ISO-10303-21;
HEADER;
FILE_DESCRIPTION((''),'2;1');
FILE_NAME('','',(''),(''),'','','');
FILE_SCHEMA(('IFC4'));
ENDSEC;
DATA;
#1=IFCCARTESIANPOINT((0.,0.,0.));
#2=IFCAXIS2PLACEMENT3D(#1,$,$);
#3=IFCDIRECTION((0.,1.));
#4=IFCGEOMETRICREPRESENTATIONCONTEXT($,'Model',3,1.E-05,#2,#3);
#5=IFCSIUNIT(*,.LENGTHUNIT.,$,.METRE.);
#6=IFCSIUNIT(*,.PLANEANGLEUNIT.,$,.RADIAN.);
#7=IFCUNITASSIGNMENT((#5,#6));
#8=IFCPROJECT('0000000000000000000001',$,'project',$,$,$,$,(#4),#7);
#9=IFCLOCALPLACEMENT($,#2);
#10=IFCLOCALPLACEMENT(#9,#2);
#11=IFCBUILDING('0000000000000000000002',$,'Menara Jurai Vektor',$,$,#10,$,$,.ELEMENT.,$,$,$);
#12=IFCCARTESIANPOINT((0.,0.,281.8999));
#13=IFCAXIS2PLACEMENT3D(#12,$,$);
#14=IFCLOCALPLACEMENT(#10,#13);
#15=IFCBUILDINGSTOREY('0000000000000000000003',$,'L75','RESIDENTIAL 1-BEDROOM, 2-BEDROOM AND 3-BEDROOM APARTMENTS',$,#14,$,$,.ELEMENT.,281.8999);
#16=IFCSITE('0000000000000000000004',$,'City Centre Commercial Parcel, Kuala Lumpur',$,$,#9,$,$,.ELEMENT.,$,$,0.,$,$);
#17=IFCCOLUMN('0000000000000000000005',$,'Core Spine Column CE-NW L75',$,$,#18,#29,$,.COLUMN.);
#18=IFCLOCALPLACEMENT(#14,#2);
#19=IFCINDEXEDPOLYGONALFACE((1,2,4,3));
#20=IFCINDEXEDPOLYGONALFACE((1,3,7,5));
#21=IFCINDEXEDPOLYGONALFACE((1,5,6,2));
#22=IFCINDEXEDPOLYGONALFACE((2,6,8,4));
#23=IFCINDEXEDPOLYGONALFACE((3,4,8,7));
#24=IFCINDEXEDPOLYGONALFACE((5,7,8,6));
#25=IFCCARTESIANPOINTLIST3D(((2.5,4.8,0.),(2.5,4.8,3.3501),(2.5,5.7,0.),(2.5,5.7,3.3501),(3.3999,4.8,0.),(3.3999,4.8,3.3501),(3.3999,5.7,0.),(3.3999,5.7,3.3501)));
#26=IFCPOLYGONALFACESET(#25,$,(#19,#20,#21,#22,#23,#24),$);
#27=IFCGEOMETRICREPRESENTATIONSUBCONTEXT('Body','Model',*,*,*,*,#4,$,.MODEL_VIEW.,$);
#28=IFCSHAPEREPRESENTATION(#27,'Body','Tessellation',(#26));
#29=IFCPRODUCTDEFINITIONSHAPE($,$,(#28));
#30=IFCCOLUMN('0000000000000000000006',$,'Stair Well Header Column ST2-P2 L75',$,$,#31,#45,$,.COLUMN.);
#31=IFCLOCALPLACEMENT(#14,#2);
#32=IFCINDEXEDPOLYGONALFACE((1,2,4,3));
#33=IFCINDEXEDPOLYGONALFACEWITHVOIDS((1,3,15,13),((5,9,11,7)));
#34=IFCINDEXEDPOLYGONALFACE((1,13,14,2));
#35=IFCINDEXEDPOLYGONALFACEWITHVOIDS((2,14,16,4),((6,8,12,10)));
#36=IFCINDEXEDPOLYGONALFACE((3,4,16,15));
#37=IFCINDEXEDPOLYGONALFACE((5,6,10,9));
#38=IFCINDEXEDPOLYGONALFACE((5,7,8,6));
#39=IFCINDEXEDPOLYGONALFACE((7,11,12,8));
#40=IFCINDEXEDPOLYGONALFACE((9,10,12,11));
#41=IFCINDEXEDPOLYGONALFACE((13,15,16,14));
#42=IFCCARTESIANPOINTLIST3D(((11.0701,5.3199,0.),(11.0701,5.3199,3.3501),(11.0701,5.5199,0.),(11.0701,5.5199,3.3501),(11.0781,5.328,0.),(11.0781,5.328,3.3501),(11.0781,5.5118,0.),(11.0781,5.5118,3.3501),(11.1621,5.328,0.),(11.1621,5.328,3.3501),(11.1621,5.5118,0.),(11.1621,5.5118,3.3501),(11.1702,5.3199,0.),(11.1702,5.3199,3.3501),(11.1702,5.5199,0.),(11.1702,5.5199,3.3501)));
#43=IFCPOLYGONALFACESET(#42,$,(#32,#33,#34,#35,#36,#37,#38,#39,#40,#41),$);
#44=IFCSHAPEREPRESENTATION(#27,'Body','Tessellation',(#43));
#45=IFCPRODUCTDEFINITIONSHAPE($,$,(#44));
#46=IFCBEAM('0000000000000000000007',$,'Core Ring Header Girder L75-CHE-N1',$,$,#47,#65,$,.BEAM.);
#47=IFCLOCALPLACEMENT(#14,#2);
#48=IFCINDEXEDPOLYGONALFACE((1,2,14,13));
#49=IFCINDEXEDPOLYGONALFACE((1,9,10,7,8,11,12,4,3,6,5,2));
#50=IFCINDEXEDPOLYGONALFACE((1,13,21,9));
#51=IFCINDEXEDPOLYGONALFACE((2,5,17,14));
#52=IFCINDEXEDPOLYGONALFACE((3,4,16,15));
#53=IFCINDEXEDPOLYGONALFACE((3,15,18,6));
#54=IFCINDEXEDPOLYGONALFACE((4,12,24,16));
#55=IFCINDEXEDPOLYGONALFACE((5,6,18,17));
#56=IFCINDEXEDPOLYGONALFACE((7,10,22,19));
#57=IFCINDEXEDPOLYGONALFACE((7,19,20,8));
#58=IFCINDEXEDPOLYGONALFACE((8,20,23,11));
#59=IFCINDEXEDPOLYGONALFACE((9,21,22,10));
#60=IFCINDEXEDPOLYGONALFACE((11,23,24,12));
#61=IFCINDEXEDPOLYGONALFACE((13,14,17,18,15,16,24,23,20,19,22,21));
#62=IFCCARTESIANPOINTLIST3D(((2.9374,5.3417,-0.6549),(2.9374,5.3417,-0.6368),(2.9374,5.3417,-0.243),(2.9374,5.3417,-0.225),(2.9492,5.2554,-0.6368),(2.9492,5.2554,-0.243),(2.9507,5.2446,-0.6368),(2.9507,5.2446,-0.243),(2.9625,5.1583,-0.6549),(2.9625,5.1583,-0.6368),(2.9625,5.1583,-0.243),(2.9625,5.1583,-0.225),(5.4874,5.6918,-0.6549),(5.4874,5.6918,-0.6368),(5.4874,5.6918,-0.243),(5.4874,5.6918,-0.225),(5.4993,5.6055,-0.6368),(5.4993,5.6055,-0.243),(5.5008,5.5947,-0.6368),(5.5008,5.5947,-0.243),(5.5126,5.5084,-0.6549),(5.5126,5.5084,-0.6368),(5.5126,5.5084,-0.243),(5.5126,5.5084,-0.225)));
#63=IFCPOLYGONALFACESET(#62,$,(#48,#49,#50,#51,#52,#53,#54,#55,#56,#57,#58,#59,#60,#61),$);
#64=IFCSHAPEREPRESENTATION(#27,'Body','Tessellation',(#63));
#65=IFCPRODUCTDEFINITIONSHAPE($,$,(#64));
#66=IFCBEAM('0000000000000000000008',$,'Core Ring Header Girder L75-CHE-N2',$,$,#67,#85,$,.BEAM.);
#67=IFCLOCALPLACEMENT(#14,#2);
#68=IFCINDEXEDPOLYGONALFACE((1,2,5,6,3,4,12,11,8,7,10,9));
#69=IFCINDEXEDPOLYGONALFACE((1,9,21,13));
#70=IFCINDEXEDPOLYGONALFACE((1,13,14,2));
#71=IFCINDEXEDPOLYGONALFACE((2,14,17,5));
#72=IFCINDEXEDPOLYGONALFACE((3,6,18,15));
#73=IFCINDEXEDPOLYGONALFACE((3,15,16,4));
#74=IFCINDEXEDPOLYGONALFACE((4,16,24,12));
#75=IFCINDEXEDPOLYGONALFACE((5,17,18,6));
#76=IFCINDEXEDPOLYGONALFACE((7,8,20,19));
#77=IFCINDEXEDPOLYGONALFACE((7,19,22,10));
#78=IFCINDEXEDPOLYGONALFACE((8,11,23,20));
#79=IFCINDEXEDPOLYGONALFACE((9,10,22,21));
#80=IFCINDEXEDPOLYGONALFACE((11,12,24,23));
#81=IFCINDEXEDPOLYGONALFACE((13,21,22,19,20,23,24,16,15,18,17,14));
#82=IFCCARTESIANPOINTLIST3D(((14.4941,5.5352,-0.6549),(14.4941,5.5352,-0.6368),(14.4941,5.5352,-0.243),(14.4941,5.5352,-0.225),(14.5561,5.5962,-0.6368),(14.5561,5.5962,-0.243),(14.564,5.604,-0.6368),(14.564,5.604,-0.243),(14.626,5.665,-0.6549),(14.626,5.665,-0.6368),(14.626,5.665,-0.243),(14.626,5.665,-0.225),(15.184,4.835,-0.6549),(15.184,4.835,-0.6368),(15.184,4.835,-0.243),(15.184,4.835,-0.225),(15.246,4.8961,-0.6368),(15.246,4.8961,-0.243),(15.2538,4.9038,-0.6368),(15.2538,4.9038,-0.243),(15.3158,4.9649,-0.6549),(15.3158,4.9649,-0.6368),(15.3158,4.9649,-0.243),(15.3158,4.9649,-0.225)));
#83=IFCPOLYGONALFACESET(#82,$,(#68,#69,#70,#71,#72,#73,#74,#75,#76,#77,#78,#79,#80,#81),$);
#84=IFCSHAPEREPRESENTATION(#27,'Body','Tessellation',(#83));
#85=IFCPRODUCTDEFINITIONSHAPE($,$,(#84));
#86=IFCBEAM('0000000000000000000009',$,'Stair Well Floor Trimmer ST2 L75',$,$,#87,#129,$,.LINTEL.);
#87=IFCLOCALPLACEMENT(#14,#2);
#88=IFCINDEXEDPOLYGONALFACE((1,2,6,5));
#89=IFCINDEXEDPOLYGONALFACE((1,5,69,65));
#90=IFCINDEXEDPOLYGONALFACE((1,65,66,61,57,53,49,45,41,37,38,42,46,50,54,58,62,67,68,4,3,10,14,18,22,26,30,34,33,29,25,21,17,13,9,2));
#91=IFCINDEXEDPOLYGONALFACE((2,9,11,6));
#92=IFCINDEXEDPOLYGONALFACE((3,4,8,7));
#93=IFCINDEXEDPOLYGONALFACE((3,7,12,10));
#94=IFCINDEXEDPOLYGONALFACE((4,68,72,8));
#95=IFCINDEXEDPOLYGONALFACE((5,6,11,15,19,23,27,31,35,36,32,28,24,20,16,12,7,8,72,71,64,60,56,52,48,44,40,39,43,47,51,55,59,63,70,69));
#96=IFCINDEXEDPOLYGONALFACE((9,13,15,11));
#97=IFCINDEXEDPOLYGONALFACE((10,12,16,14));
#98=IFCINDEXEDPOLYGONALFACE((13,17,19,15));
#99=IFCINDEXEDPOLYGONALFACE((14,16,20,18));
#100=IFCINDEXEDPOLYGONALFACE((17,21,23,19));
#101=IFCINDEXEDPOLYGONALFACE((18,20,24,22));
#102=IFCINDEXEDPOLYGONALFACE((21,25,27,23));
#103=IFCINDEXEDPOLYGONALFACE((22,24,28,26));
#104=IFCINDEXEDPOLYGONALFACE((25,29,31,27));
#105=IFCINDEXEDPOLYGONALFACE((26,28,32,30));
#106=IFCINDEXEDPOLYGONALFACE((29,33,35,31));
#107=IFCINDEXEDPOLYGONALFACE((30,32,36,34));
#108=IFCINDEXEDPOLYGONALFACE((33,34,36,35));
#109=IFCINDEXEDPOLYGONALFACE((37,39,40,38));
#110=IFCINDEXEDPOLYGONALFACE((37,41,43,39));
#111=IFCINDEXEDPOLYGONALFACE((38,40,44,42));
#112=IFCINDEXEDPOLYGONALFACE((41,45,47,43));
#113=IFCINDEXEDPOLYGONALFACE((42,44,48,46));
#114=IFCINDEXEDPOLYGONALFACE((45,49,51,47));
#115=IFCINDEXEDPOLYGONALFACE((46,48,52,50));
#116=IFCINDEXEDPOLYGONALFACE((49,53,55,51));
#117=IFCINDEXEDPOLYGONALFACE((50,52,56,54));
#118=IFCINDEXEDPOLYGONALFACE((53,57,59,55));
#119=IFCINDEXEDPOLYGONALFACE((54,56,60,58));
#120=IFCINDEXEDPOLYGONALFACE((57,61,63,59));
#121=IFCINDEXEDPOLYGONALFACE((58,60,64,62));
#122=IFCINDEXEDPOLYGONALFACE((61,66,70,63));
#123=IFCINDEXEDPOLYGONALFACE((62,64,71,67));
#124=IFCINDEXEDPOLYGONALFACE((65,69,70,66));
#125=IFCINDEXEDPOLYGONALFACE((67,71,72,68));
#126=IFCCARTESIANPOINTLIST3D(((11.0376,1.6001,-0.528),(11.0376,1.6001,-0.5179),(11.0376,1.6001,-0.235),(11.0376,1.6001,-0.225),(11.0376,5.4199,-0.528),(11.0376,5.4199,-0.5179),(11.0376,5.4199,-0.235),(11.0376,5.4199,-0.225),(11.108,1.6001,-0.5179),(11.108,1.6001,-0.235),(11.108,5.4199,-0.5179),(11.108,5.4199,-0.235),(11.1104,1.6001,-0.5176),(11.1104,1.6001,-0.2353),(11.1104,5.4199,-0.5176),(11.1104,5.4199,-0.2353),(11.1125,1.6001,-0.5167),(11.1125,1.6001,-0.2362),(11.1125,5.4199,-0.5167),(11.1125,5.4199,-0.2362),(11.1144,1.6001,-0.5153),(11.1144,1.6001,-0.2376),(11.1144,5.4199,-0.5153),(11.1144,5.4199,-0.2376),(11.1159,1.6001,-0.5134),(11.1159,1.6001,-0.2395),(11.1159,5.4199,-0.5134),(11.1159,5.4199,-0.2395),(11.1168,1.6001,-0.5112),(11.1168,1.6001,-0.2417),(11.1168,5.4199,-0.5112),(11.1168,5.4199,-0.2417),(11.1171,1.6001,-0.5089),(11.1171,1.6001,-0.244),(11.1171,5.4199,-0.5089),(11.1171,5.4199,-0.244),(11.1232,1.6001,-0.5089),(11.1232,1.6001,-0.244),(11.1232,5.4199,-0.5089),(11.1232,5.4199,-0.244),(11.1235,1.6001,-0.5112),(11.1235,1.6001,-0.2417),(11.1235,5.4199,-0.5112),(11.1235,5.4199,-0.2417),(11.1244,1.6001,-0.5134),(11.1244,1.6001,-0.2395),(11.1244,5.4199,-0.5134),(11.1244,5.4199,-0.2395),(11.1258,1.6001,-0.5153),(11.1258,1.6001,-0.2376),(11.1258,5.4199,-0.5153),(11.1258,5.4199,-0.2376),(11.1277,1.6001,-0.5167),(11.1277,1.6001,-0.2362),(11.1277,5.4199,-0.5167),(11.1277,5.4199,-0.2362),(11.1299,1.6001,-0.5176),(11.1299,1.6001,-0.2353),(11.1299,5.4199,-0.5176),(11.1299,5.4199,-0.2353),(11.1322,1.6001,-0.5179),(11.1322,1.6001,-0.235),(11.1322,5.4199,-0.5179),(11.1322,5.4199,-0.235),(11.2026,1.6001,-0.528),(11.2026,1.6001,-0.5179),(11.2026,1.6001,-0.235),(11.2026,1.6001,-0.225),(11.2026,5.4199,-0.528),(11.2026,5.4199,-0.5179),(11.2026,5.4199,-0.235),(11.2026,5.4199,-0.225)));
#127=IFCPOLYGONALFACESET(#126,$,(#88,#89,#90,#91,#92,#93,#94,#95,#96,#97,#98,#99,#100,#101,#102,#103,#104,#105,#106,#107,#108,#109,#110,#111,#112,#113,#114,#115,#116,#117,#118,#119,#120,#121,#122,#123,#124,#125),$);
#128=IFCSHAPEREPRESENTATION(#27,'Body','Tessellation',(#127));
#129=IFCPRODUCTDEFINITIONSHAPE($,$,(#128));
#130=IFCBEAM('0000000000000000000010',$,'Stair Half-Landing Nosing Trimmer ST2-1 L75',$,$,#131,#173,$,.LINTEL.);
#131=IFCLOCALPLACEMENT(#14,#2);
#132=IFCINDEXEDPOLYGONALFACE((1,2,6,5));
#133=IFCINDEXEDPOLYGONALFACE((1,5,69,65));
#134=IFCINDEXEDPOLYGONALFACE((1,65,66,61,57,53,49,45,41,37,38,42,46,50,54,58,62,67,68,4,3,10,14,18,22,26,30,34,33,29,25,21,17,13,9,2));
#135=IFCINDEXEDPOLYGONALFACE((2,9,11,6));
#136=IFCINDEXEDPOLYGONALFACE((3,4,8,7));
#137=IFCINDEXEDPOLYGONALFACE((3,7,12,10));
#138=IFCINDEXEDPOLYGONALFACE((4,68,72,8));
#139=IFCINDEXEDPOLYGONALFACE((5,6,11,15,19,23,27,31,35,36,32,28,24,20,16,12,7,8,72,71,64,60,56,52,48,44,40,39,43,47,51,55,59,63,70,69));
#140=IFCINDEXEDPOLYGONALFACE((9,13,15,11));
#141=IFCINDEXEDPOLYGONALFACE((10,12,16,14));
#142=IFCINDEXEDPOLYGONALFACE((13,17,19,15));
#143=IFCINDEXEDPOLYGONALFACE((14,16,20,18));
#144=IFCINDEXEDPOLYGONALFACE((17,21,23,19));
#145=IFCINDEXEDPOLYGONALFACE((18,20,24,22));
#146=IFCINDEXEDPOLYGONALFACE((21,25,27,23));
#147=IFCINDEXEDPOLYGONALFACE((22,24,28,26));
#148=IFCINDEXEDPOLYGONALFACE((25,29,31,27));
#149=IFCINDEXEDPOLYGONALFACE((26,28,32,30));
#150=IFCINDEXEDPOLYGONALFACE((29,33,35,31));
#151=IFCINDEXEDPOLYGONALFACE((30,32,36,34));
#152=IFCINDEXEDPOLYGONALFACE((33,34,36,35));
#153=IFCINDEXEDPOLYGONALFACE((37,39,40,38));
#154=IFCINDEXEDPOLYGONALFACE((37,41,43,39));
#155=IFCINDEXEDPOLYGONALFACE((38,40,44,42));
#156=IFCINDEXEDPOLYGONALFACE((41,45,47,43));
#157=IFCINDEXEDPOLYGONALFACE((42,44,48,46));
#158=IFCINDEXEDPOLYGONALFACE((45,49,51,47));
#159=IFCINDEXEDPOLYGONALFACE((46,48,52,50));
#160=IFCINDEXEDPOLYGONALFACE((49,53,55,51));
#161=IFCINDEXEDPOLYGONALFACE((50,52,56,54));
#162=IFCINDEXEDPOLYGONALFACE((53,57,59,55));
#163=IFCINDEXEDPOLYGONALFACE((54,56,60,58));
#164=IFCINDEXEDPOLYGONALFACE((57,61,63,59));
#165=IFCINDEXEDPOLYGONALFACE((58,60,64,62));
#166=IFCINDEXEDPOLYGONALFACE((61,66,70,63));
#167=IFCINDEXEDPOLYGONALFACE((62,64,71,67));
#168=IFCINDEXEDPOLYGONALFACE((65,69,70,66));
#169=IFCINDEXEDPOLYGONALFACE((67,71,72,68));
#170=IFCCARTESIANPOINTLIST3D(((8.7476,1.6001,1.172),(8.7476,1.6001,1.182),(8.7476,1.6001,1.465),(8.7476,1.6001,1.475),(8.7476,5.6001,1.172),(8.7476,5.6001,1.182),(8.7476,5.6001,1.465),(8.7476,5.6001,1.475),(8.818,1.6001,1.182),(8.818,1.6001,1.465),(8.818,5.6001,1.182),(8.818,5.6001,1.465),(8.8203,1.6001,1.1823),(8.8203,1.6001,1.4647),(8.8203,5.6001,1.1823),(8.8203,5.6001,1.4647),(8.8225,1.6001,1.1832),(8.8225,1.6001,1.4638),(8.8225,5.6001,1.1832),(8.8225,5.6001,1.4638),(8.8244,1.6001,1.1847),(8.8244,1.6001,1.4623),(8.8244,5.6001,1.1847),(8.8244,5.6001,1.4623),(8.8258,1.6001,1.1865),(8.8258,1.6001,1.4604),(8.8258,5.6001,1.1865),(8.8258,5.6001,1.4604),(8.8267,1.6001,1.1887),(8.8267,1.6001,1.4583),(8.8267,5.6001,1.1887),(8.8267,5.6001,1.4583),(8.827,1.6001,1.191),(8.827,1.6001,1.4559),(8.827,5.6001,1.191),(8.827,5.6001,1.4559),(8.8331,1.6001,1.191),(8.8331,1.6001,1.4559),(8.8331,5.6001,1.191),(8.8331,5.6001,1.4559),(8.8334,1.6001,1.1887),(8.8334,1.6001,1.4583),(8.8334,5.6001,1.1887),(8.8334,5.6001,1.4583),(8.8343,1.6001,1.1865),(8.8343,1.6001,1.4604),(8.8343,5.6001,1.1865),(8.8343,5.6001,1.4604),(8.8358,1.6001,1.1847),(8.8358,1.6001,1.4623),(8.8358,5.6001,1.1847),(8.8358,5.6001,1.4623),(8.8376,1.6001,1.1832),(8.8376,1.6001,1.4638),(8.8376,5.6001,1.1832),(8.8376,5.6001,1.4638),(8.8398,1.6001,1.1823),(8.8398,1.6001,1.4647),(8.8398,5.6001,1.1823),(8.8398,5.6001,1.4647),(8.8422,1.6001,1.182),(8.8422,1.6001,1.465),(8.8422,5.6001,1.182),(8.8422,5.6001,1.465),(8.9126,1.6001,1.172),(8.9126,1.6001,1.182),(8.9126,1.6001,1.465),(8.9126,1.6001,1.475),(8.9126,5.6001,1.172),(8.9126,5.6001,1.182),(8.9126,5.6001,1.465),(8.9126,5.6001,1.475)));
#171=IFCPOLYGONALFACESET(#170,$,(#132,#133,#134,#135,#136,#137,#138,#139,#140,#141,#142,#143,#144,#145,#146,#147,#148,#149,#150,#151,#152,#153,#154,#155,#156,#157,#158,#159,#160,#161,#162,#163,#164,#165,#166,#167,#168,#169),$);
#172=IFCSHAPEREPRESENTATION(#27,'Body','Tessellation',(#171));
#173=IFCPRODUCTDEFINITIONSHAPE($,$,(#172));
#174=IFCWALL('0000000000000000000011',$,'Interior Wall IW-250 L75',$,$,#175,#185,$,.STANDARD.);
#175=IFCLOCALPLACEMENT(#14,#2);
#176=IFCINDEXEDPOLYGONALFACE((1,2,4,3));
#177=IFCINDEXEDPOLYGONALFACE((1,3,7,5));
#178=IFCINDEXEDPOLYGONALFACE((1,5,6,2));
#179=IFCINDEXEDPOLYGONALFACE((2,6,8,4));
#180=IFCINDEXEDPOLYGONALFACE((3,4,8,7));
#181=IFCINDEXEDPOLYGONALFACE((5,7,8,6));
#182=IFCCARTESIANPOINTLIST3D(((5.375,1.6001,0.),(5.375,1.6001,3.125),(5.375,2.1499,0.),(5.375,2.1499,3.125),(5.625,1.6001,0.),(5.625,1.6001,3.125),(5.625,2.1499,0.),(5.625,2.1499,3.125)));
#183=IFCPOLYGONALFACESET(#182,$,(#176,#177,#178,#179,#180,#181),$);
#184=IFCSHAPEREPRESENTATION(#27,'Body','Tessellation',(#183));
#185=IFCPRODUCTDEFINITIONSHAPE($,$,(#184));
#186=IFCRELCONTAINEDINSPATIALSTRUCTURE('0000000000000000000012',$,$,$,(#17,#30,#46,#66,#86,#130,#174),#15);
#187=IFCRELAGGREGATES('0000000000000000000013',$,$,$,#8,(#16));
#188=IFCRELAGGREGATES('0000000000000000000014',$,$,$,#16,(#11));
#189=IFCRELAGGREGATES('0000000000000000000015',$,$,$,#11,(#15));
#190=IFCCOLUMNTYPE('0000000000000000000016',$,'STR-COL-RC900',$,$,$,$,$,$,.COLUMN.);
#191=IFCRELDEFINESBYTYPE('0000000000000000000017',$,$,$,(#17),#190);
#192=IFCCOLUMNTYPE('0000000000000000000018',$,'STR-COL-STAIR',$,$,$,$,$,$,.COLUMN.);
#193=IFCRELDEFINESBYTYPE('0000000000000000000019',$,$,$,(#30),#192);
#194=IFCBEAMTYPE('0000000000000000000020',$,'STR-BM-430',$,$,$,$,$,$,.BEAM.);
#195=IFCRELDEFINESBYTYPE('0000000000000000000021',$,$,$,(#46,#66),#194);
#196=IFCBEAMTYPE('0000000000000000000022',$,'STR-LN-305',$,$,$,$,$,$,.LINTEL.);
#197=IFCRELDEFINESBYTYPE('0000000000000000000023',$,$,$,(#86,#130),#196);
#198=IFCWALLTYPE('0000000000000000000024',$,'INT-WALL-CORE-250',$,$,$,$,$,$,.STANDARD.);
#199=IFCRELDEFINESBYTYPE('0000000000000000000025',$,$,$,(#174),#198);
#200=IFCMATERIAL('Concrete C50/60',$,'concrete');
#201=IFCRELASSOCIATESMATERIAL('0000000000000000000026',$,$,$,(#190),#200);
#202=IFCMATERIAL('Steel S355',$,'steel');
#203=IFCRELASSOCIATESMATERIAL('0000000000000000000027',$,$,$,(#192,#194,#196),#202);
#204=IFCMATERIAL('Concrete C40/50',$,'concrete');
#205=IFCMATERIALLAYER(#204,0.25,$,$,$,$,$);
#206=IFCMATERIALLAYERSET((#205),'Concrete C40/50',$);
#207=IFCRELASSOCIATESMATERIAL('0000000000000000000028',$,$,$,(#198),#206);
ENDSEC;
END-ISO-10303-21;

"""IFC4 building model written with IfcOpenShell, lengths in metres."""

from ifc_helpers import new_model, si_unit, direction, frame, frame_2d, origin, origin_2d, place, context, subcontext, project, spatial, rectangle, hollow_rectangle, i_section, extrude, material, layer, layer_set, material_profile, profile_set, type_object, element, save


model = new_model("IFC4")

# Units and contexts
model_context = context("Model", 3, precision=1e-05, world=origin(), true_north=direction((0.0, 1.0)))
body_context = subcontext(model_context, "Body", "Model", "MODEL_VIEW")
ifc_project = project(units=[si_unit("LENGTHUNIT", "METRE"), si_unit("PLANEANGLEUNIT", "RADIAN")], contexts=[model_context])

# Site, building, storey
site_placement = place(None, origin())
site = spatial("IfcSite", under=ifc_project, at=site_placement, Name="City Centre Commercial Parcel, Kuala Lumpur", CompositionType="ELEMENT", RefElevation=0.0)
building_placement = place(site_placement, origin())
building = spatial("IfcBuilding", under=site, at=building_placement, Name="Menara Jurai Vektor", CompositionType="ELEMENT")
storey_placement = place(building_placement, frame((0.0, 0.0, 281.8999)))
storey = spatial("IfcBuildingStorey", under=building, at=storey_placement, Name="L75", Description="RESIDENTIAL 1-BEDROOM, 2-BEDROOM AND 3-BEDROOM APARTMENTS", CompositionType="ELEMENT", Elevation=281.8999)

# Columns
ifc_material_1 = material(Name="Concrete C50/60", Category="concrete")
ifc_material_profile_1 = material_profile(ifc_material_1, rectangle(XDim=0.8999, YDim=0.8999, at=origin_2d()), Name="RC 900x900")
ifc_profile_set_1 = profile_set([ifc_material_profile_1], Name="Concrete C50/60")
column_type_1 = type_object("IfcColumnType", Name="STR-COL-RC900", PredefinedType="COLUMN", material=ifc_profile_set_1)
column_1_placement = place(storey_placement, frame((2.95, 5.25, 0.0), z_axis=(0.0, 0.0, 1.0), x_axis=(1.0, 0.0, 0.0)))
element("IfcColumn", 1, at=column_1_placement, inside=storey, type_object=column_type_1, Name="Core Spine Column CE-NW L75", PredefinedType="COLUMN", context=body_context, shape_type="SweptSolid", body=[
    extrude(rectangle(XDim=0.8999, YDim=0.8999, at=origin_2d()), origin(), (0.0, 0.0, 1.0), 3.3501),
])
ifc_material_2 = material(Name="Steel S355", Category="steel")
ifc_material_profile_2 = material_profile(ifc_material_2, hollow_rectangle(XDim=0.1001, YDim=0.2, WallThickness=0.0081, at=origin_2d()), Name="RHS 200x100x8")
ifc_profile_set_2 = profile_set([ifc_material_profile_2], Name="Steel S355")
column_type_2 = type_object("IfcColumnType", Name="STR-COL-STAIR", PredefinedType="COLUMN", material=ifc_profile_set_2)
column_2_placement = place(storey_placement, frame((11.1201, 5.4199, 0.0), z_axis=(0.0, 0.0, 1.0), x_axis=(1.0, 0.0, 0.0)))
element("IfcColumn", 2, at=column_2_placement, inside=storey, type_object=column_type_2, Name="Stair Well Header Column ST2-P2 L75", PredefinedType="COLUMN", context=body_context, shape_type="SweptSolid", body=[
    extrude(hollow_rectangle(XDim=0.1001, YDim=0.2, WallThickness=0.0081, at=origin_2d()), origin(), (0.0, 0.0, 1.0), 3.3501),
])

# Beams
ifc_material_profile_3 = material_profile(ifc_material_2, i_section(OverallWidth=0.1851, OverallDepth=0.4299, WebThickness=0.011, FlangeThickness=0.0181, at=origin_2d()), Name="PG 430x185x76")
ifc_profile_set_3 = profile_set([ifc_material_profile_3], Name="Steel S355")
beam_type_1 = type_object("IfcBeamType", Name="STR-BM-430", PredefinedType="BEAM", material=ifc_profile_set_3)
beam_1_placement = place(storey_placement, frame((2.95, 5.25, -0.4399), z_axis=(0.990707, 0.136015, 0.0), x_axis=(-0.136015, 0.990707, 0.0)))
element("IfcBeam", 3, at=beam_1_placement, inside=storey, type_object=beam_type_1, Name="Core Ring Header Girder L75-CHE-N1", PredefinedType="BEAM", context=body_context, shape_type="SweptSolid", body=[
    extrude(i_section(OverallWidth=0.1851, OverallDepth=0.4299, WebThickness=0.011, FlangeThickness=0.0181, at=origin_2d()), origin(), (0.0, 0.0, 1.0), 2.574),
])
beam_2_placement = place(storey_placement, frame((14.5601, 5.6001, -0.4399), z_axis=(0.701872, -0.712303, 0.0), x_axis=(0.712303, 0.701872, 0.0)))
element("IfcBeam", 4, at=beam_2_placement, inside=storey, type_object=beam_type_1, Name="Core Ring Header Girder L75-CHE-N2", PredefinedType="BEAM", context=body_context, shape_type="SweptSolid", body=[
    extrude(i_section(OverallWidth=0.1851, OverallDepth=0.4299, WebThickness=0.011, FlangeThickness=0.0181, at=origin_2d()), origin(), (0.0, 0.0, 1.0), 0.9829),
])
ifc_material_profile_4 = material_profile(ifc_material_2, i_section(OverallWidth=0.165, OverallDepth=0.303, WebThickness=0.0061, FlangeThickness=0.01, FilletRadius=0.009, at=origin_2d()), Name="UKB 305x165x40")
ifc_profile_set_4 = profile_set([ifc_material_profile_4], Name="Steel S355")
beam_type_2 = type_object("IfcBeamType", Name="STR-LN-305", PredefinedType="LINTEL", material=ifc_profile_set_4)
beam_3_placement = place(storey_placement, frame((11.1201, 1.6001, -0.3765), z_axis=(0.0, 1.0, 0.0), x_axis=(-1.0, 0.0, 0.0)))
element("IfcBeam", 5, at=beam_3_placement, inside=storey, type_object=beam_type_2, Name="Stair Well Floor Trimmer ST2 L75", PredefinedType="LINTEL", context=body_context, shape_type="SweptSolid", body=[
    extrude(i_section(OverallWidth=0.165, OverallDepth=0.303, WebThickness=0.0061, FlangeThickness=0.01, FilletRadius=0.009, at=origin_2d()), origin(), (0.0, 0.0, 1.0), 3.8198),
])
beam_4_placement = place(storey_placement, frame((8.8301, 1.6001, 1.3235), z_axis=(0.0, 1.0, 0.0), x_axis=(-1.0, 0.0, 0.0)))
element("IfcBeam", 6, at=beam_4_placement, inside=storey, type_object=beam_type_2, Name="Stair Half-Landing Nosing Trimmer ST2-1 L75", PredefinedType="LINTEL", context=body_context, shape_type="SweptSolid", body=[
    extrude(i_section(OverallWidth=0.165, OverallDepth=0.303, WebThickness=0.0061, FlangeThickness=0.01, FilletRadius=0.009, at=origin_2d()), origin(), (0.0, 0.0, 1.0), 4.0),
])

# Shared definitions
ifc_material_3 = material(Name="Concrete C40/50", Category="concrete")
ifc_layer_1 = layer(ifc_material_3, 0.25)
ifc_layer_set_1 = layer_set([ifc_layer_1], Name="Concrete C40/50")
wall_type_1 = type_object("IfcWallType", Name="INT-WALL-CORE-250", PredefinedType="STANDARD", material=ifc_layer_set_1)

# Wall
wall_1_placement = place(storey_placement, frame((5.5, 1.6001, 0.0), z_axis=(0.0, 0.0, 1.0), x_axis=(0.0, 1.0, 0.0)))
element("IfcWall", 7, at=wall_1_placement, inside=storey, type_object=wall_type_1, Name="Interior Wall IW-250 L75", PredefinedType="STANDARD", context=body_context, shape_type="SweptSolid", body=[
    extrude(rectangle(XDim=0.5498, YDim=0.25, at=frame_2d((0.2749, 0.0))), origin(), (0.0, 0.0, 1.0), 3.125),
])

save(model, "model.ifc")
